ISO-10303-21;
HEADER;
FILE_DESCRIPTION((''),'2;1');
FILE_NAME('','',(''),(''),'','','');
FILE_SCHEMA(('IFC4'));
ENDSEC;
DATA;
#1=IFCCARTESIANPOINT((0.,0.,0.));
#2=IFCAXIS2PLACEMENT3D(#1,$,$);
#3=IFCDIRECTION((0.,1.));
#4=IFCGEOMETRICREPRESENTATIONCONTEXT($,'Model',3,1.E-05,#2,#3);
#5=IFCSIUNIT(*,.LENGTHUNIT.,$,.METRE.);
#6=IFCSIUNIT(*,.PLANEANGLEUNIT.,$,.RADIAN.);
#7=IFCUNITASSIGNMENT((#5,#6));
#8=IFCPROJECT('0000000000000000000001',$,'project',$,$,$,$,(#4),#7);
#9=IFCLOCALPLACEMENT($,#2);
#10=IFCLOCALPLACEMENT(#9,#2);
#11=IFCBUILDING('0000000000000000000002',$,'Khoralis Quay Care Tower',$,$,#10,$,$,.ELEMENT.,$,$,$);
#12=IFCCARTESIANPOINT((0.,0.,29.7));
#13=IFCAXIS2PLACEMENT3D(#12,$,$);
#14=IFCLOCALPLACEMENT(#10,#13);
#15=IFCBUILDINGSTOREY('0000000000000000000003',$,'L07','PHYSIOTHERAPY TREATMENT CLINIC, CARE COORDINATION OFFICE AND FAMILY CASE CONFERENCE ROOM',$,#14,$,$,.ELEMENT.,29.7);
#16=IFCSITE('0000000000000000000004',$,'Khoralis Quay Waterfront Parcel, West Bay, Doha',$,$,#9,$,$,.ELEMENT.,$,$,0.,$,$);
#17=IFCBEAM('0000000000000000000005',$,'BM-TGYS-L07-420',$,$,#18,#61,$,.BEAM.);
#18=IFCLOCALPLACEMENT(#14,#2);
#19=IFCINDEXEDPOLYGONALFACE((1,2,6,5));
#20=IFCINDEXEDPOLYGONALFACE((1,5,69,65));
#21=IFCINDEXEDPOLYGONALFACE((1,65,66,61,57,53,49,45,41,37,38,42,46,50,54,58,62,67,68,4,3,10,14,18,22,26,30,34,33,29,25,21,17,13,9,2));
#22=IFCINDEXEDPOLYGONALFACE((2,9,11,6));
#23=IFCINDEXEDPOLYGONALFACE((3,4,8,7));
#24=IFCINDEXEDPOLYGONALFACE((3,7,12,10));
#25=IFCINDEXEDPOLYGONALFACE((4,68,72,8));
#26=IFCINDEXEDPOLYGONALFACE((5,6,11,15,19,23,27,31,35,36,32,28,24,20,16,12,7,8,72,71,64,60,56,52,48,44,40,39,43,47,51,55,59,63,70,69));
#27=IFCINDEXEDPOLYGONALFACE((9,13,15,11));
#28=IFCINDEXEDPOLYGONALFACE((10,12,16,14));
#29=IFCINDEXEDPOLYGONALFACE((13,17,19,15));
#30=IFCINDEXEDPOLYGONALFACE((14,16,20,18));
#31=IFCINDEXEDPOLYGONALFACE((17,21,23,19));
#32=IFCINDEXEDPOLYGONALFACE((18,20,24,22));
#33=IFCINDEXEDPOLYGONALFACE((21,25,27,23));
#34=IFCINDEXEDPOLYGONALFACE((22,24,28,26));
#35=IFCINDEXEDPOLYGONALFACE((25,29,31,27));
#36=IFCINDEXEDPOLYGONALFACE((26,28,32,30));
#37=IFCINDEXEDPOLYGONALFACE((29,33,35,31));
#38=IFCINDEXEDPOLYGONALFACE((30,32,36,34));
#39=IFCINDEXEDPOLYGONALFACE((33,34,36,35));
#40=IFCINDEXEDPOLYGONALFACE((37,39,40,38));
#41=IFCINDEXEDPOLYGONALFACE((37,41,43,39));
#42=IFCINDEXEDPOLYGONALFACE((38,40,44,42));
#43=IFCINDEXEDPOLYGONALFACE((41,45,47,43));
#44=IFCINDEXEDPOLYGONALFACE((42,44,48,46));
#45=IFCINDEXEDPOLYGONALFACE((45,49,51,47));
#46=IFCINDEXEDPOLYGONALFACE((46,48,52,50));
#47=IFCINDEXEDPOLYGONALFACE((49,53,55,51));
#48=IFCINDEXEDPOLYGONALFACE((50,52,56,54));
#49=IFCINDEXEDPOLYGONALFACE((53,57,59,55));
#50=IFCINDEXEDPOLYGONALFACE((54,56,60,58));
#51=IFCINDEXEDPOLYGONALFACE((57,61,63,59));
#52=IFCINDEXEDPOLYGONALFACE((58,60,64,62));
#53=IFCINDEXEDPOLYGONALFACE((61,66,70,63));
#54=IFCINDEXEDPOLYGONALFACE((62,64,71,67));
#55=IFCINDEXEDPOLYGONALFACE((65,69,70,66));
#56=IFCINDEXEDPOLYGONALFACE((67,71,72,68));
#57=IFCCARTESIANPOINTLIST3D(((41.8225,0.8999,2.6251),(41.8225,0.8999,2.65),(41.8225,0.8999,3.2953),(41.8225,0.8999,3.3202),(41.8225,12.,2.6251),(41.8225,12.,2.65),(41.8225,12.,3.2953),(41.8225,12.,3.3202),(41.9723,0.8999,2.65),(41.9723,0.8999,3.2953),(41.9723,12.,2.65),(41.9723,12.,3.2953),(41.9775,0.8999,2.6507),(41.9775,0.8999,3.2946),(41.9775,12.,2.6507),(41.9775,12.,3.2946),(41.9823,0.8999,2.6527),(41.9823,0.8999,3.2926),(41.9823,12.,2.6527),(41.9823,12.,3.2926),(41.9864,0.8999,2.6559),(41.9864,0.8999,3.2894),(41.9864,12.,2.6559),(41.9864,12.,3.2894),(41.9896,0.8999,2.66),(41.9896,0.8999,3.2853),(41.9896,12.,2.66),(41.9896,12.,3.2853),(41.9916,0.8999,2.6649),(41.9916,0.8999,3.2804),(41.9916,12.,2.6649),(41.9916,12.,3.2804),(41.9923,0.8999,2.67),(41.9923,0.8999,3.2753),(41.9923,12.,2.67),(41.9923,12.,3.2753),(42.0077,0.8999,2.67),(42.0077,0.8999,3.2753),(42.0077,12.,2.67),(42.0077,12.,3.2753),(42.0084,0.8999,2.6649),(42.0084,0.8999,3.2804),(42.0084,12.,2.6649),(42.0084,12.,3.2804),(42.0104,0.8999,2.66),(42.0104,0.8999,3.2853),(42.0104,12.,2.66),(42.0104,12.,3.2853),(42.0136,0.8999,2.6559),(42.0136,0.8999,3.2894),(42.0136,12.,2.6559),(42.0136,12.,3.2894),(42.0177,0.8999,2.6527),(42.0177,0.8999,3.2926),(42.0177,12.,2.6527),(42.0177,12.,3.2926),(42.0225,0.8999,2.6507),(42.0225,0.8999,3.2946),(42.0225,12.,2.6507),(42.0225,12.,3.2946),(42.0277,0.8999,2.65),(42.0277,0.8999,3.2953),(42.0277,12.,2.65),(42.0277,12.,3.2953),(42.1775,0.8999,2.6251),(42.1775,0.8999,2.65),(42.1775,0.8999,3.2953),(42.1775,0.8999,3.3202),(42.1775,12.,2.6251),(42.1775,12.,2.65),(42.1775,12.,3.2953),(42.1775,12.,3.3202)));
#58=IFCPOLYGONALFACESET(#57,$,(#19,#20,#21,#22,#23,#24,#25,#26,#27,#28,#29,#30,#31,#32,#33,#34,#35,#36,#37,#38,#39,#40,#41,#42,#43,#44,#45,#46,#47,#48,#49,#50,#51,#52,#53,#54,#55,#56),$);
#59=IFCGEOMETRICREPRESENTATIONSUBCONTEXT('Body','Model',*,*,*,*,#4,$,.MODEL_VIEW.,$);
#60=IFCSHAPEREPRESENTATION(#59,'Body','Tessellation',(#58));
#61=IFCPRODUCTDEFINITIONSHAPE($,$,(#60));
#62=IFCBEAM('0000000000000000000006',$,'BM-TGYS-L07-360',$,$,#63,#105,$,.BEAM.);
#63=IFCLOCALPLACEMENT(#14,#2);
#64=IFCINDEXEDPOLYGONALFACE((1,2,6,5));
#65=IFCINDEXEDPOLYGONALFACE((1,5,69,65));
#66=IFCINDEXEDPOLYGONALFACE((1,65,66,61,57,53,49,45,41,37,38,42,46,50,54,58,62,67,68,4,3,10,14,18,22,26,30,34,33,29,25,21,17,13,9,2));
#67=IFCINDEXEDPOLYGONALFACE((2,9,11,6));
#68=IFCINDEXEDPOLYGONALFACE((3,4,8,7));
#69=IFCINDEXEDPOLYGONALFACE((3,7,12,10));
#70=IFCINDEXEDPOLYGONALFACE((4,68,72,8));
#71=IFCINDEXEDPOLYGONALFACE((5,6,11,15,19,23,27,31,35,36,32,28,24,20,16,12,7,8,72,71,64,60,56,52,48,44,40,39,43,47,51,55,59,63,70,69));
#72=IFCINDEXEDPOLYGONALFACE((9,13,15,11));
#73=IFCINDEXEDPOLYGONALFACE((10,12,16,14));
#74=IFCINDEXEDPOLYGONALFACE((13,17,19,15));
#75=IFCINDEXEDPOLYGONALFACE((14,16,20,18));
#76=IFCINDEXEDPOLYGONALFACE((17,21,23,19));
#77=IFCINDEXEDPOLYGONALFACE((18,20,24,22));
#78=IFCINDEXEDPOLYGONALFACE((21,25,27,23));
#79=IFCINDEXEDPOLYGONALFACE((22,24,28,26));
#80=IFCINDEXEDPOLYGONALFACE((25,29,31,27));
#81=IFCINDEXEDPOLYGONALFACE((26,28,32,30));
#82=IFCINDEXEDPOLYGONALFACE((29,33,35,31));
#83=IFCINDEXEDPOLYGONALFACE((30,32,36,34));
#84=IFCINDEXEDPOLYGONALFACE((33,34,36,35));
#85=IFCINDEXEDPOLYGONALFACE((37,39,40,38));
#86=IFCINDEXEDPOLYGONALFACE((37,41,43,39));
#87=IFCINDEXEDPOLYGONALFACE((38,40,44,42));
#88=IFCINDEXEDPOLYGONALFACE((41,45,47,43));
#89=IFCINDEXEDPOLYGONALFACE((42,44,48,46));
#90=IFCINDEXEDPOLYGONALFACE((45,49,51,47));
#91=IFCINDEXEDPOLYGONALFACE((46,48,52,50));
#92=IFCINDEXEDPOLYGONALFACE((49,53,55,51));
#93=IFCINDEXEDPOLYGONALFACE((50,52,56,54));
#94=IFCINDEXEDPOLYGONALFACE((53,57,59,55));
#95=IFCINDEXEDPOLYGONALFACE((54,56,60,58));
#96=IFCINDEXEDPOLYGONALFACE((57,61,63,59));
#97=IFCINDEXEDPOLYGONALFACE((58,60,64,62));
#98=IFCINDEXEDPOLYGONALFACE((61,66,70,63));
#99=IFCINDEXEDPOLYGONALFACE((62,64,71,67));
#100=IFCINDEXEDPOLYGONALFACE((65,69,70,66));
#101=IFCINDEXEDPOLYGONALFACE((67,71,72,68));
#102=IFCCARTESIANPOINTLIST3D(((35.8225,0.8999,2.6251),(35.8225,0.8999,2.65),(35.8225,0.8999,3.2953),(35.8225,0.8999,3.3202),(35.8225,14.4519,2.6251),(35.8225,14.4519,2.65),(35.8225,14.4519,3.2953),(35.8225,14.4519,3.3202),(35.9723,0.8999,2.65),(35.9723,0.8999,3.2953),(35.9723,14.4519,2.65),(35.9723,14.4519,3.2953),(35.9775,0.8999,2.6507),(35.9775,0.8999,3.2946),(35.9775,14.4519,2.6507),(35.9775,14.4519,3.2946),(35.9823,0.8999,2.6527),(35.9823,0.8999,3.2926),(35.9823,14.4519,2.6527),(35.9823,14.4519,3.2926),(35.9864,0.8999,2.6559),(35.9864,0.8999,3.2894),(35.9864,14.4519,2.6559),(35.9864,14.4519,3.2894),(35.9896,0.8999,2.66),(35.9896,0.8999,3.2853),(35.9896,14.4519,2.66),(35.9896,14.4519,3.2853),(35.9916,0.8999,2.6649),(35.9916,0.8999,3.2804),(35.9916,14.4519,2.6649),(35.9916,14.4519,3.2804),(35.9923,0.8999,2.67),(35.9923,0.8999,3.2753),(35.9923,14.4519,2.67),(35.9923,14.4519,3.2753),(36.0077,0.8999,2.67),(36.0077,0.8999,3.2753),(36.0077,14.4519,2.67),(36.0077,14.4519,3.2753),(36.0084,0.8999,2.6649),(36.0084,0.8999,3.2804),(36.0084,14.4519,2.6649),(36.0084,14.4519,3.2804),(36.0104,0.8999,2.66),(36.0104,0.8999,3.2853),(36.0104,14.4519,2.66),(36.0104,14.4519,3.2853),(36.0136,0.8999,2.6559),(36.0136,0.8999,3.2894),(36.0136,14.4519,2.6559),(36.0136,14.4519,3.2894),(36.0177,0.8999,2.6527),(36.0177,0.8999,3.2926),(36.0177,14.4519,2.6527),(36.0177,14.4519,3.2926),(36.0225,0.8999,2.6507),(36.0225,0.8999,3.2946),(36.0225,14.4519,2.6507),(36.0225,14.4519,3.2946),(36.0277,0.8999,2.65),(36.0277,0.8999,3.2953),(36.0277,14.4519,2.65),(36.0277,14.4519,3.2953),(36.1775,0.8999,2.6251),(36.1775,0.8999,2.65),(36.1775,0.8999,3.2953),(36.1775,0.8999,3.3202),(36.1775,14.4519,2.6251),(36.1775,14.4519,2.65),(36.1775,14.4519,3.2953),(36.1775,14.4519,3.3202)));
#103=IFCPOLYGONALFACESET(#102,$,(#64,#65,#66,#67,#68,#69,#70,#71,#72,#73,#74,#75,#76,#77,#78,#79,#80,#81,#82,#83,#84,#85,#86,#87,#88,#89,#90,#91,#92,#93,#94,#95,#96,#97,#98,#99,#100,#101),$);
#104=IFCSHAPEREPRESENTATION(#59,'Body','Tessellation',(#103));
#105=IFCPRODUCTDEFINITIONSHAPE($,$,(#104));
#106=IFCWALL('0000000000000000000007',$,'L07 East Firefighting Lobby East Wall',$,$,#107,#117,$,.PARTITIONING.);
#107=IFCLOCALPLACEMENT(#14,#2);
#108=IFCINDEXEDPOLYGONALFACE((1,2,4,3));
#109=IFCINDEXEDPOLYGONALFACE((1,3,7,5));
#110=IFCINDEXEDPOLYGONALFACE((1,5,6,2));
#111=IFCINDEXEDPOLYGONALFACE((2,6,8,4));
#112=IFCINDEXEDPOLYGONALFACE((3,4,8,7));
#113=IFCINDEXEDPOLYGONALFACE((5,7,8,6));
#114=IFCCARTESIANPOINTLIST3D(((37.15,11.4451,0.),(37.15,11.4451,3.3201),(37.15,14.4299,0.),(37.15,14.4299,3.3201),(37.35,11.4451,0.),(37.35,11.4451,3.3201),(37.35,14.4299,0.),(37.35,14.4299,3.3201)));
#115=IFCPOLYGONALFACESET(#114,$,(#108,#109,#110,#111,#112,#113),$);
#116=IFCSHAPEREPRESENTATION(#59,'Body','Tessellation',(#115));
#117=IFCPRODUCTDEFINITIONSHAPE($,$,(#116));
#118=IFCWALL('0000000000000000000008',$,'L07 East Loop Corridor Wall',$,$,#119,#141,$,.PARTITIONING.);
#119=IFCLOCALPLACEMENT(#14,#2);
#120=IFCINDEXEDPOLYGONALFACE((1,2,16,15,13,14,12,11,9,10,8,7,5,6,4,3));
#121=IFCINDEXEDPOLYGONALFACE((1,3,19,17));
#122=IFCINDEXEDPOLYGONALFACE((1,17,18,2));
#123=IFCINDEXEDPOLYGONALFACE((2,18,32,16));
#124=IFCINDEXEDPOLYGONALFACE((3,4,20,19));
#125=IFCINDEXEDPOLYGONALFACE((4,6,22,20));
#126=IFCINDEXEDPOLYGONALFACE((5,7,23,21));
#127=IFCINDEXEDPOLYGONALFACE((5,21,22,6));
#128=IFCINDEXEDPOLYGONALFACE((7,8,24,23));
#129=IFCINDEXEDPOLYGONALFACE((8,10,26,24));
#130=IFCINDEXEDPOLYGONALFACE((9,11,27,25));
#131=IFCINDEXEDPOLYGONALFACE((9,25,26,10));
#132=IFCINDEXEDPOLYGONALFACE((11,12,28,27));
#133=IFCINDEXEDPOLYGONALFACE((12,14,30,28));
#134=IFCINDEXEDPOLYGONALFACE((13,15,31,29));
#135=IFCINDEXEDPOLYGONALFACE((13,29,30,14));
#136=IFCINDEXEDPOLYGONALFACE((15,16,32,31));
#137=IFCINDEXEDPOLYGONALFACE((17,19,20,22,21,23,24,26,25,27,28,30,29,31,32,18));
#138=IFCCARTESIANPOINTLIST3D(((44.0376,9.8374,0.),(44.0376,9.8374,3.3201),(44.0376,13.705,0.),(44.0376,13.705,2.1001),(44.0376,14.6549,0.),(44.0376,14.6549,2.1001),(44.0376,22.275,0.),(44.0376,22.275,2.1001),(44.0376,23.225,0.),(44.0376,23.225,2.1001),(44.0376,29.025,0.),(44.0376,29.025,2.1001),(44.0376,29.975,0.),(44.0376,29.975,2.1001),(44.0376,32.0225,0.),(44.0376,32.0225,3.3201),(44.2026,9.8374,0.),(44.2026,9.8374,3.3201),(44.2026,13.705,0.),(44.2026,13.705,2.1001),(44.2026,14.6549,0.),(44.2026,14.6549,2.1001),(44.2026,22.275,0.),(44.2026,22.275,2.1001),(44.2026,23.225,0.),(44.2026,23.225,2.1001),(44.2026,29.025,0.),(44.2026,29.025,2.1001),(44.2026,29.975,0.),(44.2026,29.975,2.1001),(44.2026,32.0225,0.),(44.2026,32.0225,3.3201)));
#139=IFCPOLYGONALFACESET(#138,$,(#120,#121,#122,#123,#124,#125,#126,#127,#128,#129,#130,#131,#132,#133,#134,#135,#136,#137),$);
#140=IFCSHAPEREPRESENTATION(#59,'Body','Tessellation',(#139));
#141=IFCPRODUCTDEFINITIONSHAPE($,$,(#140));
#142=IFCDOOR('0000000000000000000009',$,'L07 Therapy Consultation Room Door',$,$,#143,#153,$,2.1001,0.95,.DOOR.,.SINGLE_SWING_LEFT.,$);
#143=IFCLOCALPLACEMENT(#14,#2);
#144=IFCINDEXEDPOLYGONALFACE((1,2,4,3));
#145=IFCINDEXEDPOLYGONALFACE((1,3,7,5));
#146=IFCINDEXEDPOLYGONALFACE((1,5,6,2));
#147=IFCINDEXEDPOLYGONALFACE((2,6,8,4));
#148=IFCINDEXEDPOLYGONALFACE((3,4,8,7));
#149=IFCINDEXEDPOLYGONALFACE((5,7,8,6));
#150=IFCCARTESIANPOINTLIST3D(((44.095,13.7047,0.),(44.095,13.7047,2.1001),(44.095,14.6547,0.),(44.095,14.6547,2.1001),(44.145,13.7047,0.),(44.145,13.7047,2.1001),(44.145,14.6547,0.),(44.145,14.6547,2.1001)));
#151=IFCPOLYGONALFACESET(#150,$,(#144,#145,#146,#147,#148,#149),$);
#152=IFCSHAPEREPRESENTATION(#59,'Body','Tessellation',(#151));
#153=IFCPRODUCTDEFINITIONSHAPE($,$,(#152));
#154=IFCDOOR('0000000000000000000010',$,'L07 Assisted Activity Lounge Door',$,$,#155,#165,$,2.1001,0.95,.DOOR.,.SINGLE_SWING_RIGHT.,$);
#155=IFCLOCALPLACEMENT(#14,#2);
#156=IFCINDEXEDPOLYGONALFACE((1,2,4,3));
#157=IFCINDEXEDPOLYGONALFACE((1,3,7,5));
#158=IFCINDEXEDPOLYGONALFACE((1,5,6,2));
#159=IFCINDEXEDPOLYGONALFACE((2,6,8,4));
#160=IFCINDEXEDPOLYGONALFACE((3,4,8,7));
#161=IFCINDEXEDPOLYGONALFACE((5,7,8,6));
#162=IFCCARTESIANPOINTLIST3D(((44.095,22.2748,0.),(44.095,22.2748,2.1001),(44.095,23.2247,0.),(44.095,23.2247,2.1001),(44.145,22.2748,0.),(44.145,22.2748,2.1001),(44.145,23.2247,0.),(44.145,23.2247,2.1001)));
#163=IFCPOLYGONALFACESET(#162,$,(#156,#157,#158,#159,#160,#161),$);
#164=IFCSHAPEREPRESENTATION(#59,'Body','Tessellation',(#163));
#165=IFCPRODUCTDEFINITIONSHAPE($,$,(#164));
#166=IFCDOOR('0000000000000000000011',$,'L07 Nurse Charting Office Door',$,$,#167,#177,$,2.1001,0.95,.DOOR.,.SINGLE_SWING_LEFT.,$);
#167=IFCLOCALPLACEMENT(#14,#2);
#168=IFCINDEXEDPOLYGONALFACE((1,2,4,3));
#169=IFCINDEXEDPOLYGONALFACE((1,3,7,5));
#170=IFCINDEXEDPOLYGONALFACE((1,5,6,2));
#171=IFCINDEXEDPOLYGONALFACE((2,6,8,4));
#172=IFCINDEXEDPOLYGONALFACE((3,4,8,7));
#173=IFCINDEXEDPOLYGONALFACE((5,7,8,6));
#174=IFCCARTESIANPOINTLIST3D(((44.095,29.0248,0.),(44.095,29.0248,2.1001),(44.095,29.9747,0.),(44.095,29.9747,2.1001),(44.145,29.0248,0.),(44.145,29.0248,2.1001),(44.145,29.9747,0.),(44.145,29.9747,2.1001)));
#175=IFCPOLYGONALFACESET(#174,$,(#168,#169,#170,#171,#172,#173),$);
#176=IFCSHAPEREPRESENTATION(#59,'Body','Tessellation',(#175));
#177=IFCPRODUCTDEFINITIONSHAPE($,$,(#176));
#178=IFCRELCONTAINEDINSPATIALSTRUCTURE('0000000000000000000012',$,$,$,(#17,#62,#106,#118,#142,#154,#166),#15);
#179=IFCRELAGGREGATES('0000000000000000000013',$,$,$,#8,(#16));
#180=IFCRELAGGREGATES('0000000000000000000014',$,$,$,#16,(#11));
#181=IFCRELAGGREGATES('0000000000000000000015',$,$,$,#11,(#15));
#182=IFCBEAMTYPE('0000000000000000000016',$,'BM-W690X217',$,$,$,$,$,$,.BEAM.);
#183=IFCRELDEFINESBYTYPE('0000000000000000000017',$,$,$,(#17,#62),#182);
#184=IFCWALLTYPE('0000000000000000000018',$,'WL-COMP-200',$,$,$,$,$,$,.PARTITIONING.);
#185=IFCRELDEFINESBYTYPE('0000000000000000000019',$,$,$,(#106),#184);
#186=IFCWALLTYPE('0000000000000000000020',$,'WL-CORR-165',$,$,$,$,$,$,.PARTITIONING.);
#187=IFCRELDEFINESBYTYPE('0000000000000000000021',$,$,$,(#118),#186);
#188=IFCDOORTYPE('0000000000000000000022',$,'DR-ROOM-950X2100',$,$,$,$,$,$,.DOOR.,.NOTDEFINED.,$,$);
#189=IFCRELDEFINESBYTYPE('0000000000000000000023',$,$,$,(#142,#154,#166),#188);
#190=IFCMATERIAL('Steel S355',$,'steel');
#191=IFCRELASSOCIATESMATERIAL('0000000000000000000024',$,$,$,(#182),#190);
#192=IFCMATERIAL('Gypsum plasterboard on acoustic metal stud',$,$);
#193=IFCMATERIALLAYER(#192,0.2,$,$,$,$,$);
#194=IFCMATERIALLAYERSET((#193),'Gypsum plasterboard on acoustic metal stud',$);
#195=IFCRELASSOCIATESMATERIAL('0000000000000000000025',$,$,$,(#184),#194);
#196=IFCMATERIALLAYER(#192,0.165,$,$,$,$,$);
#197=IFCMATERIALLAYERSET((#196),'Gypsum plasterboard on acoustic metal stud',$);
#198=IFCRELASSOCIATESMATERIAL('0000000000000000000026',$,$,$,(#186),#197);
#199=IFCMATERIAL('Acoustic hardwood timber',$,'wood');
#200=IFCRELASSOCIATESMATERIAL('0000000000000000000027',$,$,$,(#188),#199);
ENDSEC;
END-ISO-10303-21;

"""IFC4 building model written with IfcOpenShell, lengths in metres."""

from ifc_helpers import new_model, si_unit, direction, frame, frame_2d, origin, origin_2d, place, context, subcontext, project, spatial, rectangle, i_section, extrude, source, transform, mapped, material, layer, layer_set, material_profile, profile_set, type_object, element, fill, save


model = new_model("IFC4")

# Units and contexts
model_context = context("Model", 3, precision=1e-05, world=origin(), true_north=direction((0.0, 1.0)))
body_context = subcontext(model_context, "Body", "Model", "MODEL_VIEW")
ifc_project = project(units=[si_unit("LENGTHUNIT", "METRE"), si_unit("PLANEANGLEUNIT", "RADIAN")], contexts=[model_context])

# Site, building, storey
site_placement = place(None, origin())
site = spatial("IfcSite", under=ifc_project, at=site_placement, Name="Khoralis Quay Waterfront Parcel, West Bay, Doha", CompositionType="ELEMENT", RefElevation=0.0)
building_placement = place(site_placement, origin())
building = spatial("IfcBuilding", under=site, at=building_placement, Name="Khoralis Quay Care Tower", CompositionType="ELEMENT")
storey_placement = place(building_placement, frame((0.0, 0.0, 29.7)))
storey = spatial("IfcBuildingStorey", under=building, at=storey_placement, Name="L07", Description="PHYSIOTHERAPY TREATMENT CLINIC, CARE COORDINATION OFFICE AND FAMILY CASE CONFERENCE ROOM", CompositionType="ELEMENT", Elevation=29.7)

# Beams
ifc_material_1 = material(Name="Steel S355", Category="steel")
ifc_material_profile_1 = material_profile(ifc_material_1, i_section(OverallWidth=0.355, OverallDepth=0.6951, WebThickness=0.0154, FlangeThickness=0.0249, FilletRadius=0.02, at=origin_2d()), Name="Steel S355")
ifc_profile_set_1 = profile_set([ifc_material_profile_1], Name="Steel S355")
beam_type_1 = type_object("IfcBeamType", Name="BM-W690X217", PredefinedType="BEAM", material=ifc_profile_set_1)
shared_shape_1 = source(origin(), body_context, "Body", "SweptSolid", [
    extrude(i_section(OverallWidth=0.355, OverallDepth=0.6951, WebThickness=0.0154, FlangeThickness=0.0249, FilletRadius=0.02, at=origin_2d()), origin(), (0.0, 0.0, 1.0), 11.1001),
])
beam_1_placement = place(storey_placement, frame((42.0, 0.8999, 2.9727), z_axis=(0.0, 1.0, 0.0), x_axis=(-1.0, 0.0, 0.0)))
element("IfcBeam", 1, at=beam_1_placement, inside=storey, type_object=beam_type_1, Name="BM-TGYS-L07-420", PredefinedType="BEAM", context=body_context, shape_type="MappedRepresentation", body=[
    mapped(shared_shape_1, transform((0.0, 0.0, 0.0), scale=1.0)),
])
shared_shape_2 = source(origin(), body_context, "Body", "SweptSolid", [
    extrude(i_section(OverallWidth=0.355, OverallDepth=0.6951, WebThickness=0.0154, FlangeThickness=0.0249, FilletRadius=0.02, at=origin_2d()), origin(), (0.0, 0.0, 1.0), 13.552),
])
beam_2_placement = place(storey_placement, frame((36.0, 0.8999, 2.9727), z_axis=(0.0, 1.0, 0.0), x_axis=(-1.0, 0.0, 0.0)))
element("IfcBeam", 2, at=beam_2_placement, inside=storey, type_object=beam_type_1, Name="BM-TGYS-L07-360", PredefinedType="BEAM", context=body_context, shape_type="MappedRepresentation", body=[
    mapped(shared_shape_2, transform((0.0, 0.0, 0.0), scale=1.0)),
])

# Wall
ifc_material_2 = material(Name="Gypsum plasterboard on acoustic metal stud")
ifc_layer_1 = layer(ifc_material_2, 0.2)
ifc_layer_set_1 = layer_set([ifc_layer_1], Name="Gypsum plasterboard on acoustic metal stud")
wall_type_1 = type_object("IfcWallType", Name="WL-COMP-200", PredefinedType="PARTITIONING", material=ifc_layer_set_1)
wall_1_placement = place(storey_placement, frame((37.25, 11.4451, 0.0), z_axis=(0.0, 0.0, 1.0), x_axis=(0.0, 1.0, 0.0)))
element("IfcWall", 3, at=wall_1_placement, inside=storey, type_object=wall_type_1, Name="L07 East Firefighting Lobby East Wall", PredefinedType="PARTITIONING", context=body_context, shape_type="SweptSolid", body=[
    extrude(rectangle(XDim=2.9849, YDim=0.2, at=frame_2d((1.4924, 0.0))), origin(), (0.0, 0.0, 1.0), 3.3201),
])

# Wall, openings, doors
ifc_layer_2 = layer(ifc_material_2, 0.165)
ifc_layer_set_2 = layer_set([ifc_layer_2], Name="Gypsum plasterboard on acoustic metal stud")
wall_type_2 = type_object("IfcWallType", Name="WL-CORR-165", PredefinedType="PARTITIONING", material=ifc_layer_set_2)
wall_2_placement = place(storey_placement, frame((44.1201, 9.8374, 0.0), z_axis=(0.0, 0.0, 1.0), x_axis=(0.0, 1.0, 0.0)))
wall_2 = element("IfcWall", 4, at=wall_2_placement, inside=storey, type_object=wall_type_2, Name="L07 East Loop Corridor Wall", PredefinedType="PARTITIONING", context=body_context, shape_type="SweptSolid", body=[
    extrude(rectangle(XDim=22.1851, YDim=0.165, at=frame_2d((11.0925, 0.0))), origin(), (0.0, 0.0, 1.0), 3.3201),
])
opening_1_placement = place(wall_2_placement, frame((3.8674, 0.0, 0.0)))
opening_1 = element("IfcOpeningElement", 5, at=opening_1_placement, cuts=wall_2, PredefinedType="OPENING", context=body_context, shape_type="SweptSolid", body=[
    extrude(rectangle(XDim=0.95, YDim=2.1001, at=frame_2d((0.4751, 1.05))), frame((0.0, 0.0925, 0.0), z_axis=(0.0, -1.0, 0.0), x_axis=(1.0, 0.0, 0.0)), (0.0, 0.0, 1.0), 0.1851),
])
opening_2_placement = place(wall_2_placement, frame((12.4375, 0.0, 0.0)))
opening_2 = element("IfcOpeningElement", 6, at=opening_2_placement, cuts=wall_2, PredefinedType="OPENING", context=body_context, shape_type="SweptSolid", body=[
    extrude(rectangle(XDim=0.95, YDim=2.1001, at=frame_2d((0.4751, 1.05))), frame((0.0, 0.0925, 0.0), z_axis=(0.0, -1.0, 0.0), x_axis=(1.0, 0.0, 0.0)), (0.0, 0.0, 1.0), 0.1851),
])
opening_3_placement = place(wall_2_placement, frame((19.1875, 0.0, 0.0)))
opening_3 = element("IfcOpeningElement", 7, at=opening_3_placement, cuts=wall_2, PredefinedType="OPENING", context=body_context, shape_type="SweptSolid", body=[
    extrude(rectangle(XDim=0.95, YDim=2.1001, at=frame_2d((0.4751, 1.05))), frame((0.0, 0.0925, 0.0), z_axis=(0.0, -1.0, 0.0), x_axis=(1.0, 0.0, 0.0)), (0.0, 0.0, 1.0), 0.1851),
])
ifc_material_3 = material(Name="Acoustic hardwood timber", Category="wood")
door_type = type_object("IfcDoorType", Name="DR-ROOM-950X2100", OperationType="NOTDEFINED", PredefinedType="DOOR", material=ifc_material_3)
shared_shape_3 = source(origin(), body_context, "Body", "SweptSolid", [
    extrude(rectangle(XDim=0.95, YDim=2.1001, at=frame_2d((0.4751, 1.05))), frame((0.0, 0.0249, 0.0), z_axis=(0.0, -1.0, 0.0), x_axis=(1.0, 0.0, 0.0)), (0.0, 0.0, 1.0), 0.05),
])
door_1_placement = place(opening_1_placement, frame((0.95, 0.0, 0.0), z_axis=(0.0, 0.0, 1.0), x_axis=(-1.0, 0.0, 0.0)))
door_1 = element("IfcDoor", 8, at=door_1_placement, inside=storey, type_object=door_type, Name="L07 Therapy Consultation Room Door", OperationType="SINGLE_SWING_LEFT", OverallHeight=2.1001, OverallWidth=0.95, PredefinedType="DOOR", context=body_context, shape_type="MappedRepresentation", body=[
    mapped(shared_shape_3, transform((0.0, 0.0, 0.0), scale=1.0)),
])
fill(opening_1, door_1)
door_2_placement = place(opening_2_placement, frame((0.95, 0.0, 0.0), z_axis=(0.0, 0.0, 1.0), x_axis=(-1.0, 0.0, 0.0)))
door_2 = element("IfcDoor", 9, at=door_2_placement, inside=storey, type_object=door_type, Name="L07 Assisted Activity Lounge Door", OperationType="SINGLE_SWING_RIGHT", OverallHeight=2.1001, OverallWidth=0.95, PredefinedType="DOOR", context=body_context, shape_type="MappedRepresentation", body=[
    mapped(shared_shape_3, transform((0.0, 0.0, 0.0), scale=1.0)),
])
fill(opening_2, door_2)
door_3_placement = place(opening_3_placement, frame((0.95, 0.0, 0.0), z_axis=(0.0, 0.0, 1.0), x_axis=(-1.0, 0.0, 0.0)))
door_3 = element("IfcDoor", 10, at=door_3_placement, inside=storey, type_object=door_type, Name="L07 Nurse Charting Office Door", OperationType="SINGLE_SWING_LEFT", OverallHeight=2.1001, OverallWidth=0.95, PredefinedType="DOOR", context=body_context, shape_type="MappedRepresentation", body=[
    mapped(shared_shape_3, transform((0.0, 0.0, 0.0), scale=1.0)),
])
fill(opening_3, door_3)

save(model, "model.ifc")
